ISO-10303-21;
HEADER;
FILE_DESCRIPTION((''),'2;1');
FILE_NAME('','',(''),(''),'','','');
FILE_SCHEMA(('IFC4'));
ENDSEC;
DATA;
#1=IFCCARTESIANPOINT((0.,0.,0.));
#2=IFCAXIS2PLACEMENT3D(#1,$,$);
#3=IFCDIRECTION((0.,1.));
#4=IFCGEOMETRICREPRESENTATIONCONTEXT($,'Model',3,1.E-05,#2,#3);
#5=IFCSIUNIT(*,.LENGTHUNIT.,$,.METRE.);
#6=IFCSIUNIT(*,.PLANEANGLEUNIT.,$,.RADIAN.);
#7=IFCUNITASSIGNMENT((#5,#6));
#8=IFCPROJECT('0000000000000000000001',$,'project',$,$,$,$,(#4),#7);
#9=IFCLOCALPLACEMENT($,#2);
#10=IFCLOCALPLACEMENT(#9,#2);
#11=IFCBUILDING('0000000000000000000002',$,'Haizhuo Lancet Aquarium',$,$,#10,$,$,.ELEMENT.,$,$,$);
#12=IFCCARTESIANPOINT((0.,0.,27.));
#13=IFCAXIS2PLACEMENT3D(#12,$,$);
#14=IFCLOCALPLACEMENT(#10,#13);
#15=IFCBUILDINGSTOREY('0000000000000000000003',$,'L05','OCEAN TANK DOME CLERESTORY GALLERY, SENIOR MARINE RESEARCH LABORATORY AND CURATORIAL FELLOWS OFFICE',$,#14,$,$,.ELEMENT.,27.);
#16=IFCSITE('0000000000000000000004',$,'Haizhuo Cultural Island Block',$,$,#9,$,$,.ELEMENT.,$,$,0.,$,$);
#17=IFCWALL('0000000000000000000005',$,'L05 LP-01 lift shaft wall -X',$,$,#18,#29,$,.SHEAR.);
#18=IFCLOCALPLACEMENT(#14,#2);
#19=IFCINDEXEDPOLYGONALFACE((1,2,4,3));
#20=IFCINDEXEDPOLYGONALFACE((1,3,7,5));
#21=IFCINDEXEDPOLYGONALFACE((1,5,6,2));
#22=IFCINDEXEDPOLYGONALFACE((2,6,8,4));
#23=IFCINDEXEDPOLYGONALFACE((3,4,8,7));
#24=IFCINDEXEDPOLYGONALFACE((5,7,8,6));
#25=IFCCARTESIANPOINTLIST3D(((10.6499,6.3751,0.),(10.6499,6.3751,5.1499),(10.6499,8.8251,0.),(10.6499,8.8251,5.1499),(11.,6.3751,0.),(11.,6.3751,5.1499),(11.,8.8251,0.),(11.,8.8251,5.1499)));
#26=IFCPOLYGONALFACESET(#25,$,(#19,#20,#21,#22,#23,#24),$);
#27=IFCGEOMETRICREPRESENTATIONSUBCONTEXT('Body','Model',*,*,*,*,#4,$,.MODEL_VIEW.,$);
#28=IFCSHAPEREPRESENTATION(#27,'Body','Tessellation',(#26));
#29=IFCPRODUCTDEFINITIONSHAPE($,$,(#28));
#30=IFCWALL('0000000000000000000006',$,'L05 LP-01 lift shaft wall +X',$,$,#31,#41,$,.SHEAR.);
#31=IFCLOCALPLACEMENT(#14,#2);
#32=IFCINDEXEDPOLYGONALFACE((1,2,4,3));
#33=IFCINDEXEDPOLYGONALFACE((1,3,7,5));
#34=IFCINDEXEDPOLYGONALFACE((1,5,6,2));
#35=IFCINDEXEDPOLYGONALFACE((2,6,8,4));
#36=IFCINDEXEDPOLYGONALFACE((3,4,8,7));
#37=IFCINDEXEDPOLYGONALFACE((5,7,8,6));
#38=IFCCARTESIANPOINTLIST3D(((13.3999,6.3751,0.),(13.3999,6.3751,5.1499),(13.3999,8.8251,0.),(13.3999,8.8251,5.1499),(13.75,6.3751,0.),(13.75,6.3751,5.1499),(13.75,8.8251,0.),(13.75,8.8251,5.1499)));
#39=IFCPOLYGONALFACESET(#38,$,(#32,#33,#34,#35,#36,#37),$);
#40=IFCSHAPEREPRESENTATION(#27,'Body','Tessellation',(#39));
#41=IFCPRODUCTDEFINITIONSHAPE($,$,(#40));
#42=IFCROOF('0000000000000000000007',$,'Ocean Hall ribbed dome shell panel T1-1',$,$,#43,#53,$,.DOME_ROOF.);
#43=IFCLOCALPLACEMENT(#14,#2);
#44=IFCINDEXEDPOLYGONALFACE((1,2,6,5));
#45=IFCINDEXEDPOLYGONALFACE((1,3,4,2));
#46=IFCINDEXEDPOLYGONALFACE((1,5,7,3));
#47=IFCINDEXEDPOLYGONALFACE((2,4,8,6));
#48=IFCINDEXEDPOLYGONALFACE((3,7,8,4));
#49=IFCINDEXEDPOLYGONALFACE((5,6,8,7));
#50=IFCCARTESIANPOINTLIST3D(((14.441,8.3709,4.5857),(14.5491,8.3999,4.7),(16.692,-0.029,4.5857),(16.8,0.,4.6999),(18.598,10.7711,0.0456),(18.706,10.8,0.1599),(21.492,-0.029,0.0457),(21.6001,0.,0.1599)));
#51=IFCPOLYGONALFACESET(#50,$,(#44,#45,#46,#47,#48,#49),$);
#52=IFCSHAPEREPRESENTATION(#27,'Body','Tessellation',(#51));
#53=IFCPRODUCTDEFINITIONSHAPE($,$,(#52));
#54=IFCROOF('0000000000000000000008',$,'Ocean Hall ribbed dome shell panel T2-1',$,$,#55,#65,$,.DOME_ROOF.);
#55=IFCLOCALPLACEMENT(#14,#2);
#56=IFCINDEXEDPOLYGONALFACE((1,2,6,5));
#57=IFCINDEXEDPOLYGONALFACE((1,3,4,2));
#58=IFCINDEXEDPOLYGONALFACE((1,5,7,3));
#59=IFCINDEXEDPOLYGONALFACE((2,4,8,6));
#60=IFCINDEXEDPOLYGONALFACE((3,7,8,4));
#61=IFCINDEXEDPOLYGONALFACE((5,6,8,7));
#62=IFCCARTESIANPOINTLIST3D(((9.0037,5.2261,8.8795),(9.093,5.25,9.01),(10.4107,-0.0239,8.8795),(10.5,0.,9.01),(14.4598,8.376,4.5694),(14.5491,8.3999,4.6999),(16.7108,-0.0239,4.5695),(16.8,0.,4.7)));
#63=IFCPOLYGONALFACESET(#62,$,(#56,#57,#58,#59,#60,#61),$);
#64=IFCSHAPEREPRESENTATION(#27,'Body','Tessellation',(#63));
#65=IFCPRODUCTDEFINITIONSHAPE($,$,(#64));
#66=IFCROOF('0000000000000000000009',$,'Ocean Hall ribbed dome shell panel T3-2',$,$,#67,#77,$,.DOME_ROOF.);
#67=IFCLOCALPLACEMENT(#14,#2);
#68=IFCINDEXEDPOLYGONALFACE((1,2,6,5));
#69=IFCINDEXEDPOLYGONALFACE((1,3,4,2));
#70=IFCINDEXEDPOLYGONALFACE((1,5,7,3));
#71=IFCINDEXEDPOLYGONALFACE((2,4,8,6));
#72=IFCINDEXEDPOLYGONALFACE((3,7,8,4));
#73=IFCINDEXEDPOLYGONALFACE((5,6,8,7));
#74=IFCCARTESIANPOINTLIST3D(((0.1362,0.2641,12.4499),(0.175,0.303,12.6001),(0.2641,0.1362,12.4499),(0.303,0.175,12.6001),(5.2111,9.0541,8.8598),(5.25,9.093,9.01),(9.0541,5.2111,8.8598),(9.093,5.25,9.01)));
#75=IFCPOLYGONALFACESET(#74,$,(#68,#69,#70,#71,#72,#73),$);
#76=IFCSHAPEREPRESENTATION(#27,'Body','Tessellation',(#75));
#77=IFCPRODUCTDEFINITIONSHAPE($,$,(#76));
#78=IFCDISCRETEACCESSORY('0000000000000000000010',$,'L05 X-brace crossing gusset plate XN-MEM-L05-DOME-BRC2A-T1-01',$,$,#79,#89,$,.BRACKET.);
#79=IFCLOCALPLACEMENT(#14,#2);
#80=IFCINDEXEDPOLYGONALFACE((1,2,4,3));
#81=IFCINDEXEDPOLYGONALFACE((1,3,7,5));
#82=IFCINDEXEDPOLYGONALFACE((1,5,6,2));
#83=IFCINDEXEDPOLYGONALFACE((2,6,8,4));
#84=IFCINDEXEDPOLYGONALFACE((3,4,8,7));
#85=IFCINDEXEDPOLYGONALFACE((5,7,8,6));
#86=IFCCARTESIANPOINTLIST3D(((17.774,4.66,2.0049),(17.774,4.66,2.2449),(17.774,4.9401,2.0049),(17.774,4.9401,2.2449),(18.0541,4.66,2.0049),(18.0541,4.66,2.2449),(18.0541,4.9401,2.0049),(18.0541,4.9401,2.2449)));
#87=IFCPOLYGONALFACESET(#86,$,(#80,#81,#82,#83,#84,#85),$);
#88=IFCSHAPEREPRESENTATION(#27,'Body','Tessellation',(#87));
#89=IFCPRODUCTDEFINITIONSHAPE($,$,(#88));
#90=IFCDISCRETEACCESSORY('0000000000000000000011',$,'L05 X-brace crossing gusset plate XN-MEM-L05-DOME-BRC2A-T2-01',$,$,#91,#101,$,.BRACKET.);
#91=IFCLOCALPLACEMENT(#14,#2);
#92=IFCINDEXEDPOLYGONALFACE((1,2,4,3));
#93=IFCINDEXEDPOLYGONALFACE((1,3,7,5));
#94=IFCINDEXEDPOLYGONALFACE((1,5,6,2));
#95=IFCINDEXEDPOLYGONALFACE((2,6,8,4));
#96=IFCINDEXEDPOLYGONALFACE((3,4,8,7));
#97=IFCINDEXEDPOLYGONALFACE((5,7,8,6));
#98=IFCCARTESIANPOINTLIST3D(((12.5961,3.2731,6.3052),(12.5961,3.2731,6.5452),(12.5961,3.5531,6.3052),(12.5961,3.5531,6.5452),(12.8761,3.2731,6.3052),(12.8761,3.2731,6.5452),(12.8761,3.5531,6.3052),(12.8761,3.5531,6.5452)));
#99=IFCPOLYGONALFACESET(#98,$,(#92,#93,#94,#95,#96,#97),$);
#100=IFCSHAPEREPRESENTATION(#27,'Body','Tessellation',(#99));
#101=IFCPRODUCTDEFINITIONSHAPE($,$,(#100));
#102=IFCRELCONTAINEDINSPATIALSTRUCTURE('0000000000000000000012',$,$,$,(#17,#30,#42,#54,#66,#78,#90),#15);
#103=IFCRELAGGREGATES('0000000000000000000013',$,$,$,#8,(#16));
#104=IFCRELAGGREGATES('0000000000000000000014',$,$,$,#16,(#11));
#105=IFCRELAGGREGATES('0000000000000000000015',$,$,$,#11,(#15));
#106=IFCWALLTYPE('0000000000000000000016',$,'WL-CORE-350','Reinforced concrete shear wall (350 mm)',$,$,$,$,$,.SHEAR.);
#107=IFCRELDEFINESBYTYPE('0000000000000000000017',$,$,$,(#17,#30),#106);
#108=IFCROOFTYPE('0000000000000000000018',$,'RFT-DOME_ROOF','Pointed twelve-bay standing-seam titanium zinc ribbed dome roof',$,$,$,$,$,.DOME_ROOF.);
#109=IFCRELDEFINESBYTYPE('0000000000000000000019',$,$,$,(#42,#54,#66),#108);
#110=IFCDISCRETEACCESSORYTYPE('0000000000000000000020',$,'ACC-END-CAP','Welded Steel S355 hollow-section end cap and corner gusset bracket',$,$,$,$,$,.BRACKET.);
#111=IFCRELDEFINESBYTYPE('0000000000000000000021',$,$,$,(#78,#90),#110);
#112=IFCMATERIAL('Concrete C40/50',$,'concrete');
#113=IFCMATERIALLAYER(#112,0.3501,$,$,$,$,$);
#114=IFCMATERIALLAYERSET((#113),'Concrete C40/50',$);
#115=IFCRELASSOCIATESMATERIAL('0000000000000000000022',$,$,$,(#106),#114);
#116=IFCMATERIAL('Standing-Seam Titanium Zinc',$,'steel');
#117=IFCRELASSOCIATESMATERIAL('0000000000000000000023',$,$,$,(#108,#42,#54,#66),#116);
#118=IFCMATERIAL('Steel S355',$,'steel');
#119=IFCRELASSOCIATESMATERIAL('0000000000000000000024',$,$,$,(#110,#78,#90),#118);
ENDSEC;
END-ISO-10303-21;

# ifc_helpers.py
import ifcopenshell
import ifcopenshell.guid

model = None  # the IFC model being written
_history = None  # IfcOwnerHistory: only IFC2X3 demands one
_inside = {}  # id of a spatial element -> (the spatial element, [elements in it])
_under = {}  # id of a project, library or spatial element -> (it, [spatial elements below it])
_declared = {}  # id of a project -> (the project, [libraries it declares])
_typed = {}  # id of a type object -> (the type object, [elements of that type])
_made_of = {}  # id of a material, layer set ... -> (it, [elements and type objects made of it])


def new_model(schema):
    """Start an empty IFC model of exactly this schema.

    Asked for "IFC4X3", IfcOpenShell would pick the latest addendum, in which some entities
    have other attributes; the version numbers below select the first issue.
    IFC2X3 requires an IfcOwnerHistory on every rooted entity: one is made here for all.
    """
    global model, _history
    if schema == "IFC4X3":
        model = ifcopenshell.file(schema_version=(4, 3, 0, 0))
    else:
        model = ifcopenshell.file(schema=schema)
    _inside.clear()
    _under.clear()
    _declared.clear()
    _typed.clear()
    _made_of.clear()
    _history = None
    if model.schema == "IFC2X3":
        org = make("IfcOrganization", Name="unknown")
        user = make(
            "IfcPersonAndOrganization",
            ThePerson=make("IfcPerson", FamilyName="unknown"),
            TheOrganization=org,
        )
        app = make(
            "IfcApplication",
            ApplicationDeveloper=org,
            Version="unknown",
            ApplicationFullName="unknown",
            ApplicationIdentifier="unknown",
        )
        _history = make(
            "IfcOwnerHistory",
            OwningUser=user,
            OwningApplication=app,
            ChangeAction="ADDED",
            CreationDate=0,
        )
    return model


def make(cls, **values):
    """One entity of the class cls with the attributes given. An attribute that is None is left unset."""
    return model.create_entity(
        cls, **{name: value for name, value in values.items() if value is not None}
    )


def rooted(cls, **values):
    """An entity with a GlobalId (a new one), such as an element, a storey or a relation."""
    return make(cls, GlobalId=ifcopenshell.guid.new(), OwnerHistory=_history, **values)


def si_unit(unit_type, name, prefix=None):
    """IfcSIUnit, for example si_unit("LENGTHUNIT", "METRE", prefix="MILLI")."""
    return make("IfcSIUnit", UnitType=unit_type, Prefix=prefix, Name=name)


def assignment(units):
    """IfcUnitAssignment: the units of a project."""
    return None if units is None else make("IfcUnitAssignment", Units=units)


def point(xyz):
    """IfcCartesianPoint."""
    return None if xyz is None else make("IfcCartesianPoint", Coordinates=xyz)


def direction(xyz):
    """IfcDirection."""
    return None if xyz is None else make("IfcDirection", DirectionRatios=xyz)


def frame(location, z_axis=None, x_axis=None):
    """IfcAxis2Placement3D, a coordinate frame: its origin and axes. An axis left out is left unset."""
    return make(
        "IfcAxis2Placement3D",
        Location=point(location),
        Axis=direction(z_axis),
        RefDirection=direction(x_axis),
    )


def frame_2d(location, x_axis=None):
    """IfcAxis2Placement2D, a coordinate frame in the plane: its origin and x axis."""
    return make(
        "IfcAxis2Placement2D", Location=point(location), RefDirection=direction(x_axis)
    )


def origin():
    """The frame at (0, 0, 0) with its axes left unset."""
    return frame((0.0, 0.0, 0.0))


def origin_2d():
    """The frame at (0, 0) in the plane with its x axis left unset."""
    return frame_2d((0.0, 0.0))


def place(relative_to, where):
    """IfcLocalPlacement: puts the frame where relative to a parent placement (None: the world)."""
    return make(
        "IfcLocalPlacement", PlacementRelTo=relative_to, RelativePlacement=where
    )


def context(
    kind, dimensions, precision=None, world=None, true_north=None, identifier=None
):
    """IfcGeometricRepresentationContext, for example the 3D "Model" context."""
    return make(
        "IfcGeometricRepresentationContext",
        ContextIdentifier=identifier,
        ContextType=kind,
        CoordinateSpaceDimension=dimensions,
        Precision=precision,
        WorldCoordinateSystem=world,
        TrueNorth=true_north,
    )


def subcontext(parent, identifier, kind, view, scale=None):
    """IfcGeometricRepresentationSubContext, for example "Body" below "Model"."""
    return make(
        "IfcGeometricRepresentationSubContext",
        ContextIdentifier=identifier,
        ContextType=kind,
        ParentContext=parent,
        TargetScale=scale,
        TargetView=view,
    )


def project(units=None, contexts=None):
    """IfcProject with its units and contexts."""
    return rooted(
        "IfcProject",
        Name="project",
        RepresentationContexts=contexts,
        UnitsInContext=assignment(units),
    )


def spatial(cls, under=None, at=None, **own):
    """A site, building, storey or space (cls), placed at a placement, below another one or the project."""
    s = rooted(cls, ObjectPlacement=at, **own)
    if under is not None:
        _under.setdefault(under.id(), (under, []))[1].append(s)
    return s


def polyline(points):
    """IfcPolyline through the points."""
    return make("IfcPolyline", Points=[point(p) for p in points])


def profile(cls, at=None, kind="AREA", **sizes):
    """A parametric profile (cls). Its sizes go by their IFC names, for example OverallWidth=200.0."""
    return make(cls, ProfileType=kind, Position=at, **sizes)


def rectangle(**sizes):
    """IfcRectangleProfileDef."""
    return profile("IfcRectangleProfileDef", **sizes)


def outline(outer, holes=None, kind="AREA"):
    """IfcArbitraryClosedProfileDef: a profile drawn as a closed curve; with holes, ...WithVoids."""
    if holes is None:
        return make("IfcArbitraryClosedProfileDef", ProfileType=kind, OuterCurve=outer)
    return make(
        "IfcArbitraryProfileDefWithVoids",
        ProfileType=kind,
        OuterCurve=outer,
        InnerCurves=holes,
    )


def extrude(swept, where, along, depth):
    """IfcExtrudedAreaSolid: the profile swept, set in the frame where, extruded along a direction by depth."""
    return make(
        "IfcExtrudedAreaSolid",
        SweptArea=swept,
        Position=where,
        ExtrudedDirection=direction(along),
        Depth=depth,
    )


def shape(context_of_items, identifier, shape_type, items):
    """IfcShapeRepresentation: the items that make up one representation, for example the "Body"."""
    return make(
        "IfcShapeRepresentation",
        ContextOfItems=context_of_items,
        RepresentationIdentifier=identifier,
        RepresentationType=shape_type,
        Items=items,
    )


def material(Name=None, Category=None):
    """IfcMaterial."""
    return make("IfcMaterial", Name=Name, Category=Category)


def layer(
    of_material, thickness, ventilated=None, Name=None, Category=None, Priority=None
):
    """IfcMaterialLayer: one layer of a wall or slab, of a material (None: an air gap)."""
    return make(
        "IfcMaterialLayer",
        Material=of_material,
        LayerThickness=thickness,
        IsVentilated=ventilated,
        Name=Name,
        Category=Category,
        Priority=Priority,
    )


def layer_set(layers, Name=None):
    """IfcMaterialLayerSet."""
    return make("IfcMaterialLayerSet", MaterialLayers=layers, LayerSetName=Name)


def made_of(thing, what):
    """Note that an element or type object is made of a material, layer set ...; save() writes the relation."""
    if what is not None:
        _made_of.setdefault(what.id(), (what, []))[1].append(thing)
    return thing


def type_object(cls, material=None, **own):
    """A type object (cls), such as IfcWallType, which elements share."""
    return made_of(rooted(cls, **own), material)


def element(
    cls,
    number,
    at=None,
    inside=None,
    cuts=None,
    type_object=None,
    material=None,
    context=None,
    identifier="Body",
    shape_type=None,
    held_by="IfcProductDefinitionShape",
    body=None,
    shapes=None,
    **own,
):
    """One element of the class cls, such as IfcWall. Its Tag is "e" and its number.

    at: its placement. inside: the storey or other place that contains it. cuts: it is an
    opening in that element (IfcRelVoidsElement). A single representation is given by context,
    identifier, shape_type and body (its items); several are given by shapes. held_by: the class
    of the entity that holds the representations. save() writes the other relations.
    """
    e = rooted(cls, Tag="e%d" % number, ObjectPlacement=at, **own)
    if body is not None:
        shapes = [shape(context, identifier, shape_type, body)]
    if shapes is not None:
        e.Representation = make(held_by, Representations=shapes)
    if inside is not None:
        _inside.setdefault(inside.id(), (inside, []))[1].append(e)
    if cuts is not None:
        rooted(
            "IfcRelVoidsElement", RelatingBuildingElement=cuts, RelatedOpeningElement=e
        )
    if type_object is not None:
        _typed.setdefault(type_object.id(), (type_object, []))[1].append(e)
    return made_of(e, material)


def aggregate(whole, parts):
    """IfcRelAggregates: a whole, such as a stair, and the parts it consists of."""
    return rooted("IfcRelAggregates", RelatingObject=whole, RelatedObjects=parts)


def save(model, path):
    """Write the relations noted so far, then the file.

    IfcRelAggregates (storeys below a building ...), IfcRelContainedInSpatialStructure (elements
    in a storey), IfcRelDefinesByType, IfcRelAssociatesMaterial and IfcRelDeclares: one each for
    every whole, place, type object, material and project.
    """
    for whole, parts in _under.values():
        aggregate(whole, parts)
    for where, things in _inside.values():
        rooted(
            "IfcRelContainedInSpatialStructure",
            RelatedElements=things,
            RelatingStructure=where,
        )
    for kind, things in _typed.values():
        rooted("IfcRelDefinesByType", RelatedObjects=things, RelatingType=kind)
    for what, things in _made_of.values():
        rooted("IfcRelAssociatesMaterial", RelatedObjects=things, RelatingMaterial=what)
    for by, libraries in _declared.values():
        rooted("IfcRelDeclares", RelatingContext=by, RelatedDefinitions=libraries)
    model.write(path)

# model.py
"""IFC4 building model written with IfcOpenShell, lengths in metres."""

from ifc_helpers import new_model, si_unit, direction, frame, frame_2d, origin, origin_2d, place, context, subcontext, project, spatial, polyline, rectangle, outline, extrude, material, layer, layer_set, type_object, element, save


model = new_model("IFC4")

# Units and contexts
model_context = context("Model", 3, precision=1e-05, world=origin(), true_north=direction((0.0, 1.0)))
body_context = subcontext(model_context, "Body", "Model", "MODEL_VIEW")
ifc_project = project(units=[si_unit("LENGTHUNIT", "METRE"), si_unit("PLANEANGLEUNIT", "RADIAN")], contexts=[model_context])

# Site, building, storey
site_placement = place(None, origin())
site = spatial("IfcSite", under=ifc_project, at=site_placement, Name="Haizhuo Cultural Island Block", CompositionType="ELEMENT", RefElevation=0.0)
building_placement = place(site_placement, origin())
building = spatial("IfcBuilding", under=site, at=building_placement, Name="Haizhuo Lancet Aquarium", CompositionType="ELEMENT")
storey_placement = place(building_placement, frame((0.0, 0.0, 27.0)))
storey = spatial("IfcBuildingStorey", under=building, at=storey_placement, Name="L05", Description="OCEAN TANK DOME CLERESTORY GALLERY, SENIOR MARINE RESEARCH LABORATORY AND CURATORIAL FELLOWS OFFICE", CompositionType="ELEMENT", Elevation=27.0)

# Shared definitions
ifc_material_1 = material(Name="Steel S355", Category="steel")

# Shared definitions
ifc_material_2 = material(Name="Concrete C40/50", Category="concrete")
ifc_layer_1 = layer(ifc_material_2, 0.3501)
ifc_layer_set_1 = layer_set([ifc_layer_1], Name="Concrete C40/50")
wall_type = type_object("IfcWallType", Name="WL-CORE-350", Description="Reinforced concrete shear wall (350 mm)", PredefinedType="SHEAR", material=ifc_layer_set_1)

# Walls
for number, where, z_axis, x_axis, name in (
    (1, (10.825, 6.375, 0.0), (0.0, 0.0, 1.0), (0.0, 1.0, 0.0), "L05 LP-01 lift shaft wall -X"),
    (2, (13.575, 6.375, 0.0), (0.0, 0.0, 1.0), (0.0, 1.0, 0.0), "L05 LP-01 lift shaft wall +X"),
):
    element("IfcWall", number, at=place(storey_placement, frame(where, z_axis=z_axis, x_axis=x_axis)), inside=storey, type_object=wall_type, Name=name, PredefinedType="SHEAR", context=body_context, shape_type="SweptSolid", body=[
        extrude(rectangle(XDim=2.45, YDim=0.3501, at=frame_2d((1.2251, 0.0))), origin(), (0.0, 0.0, 1.0), 5.1499),
    ])

# Roofs
ifc_material_3 = material(Name="Standing-Seam Titanium Zinc", Category="steel")
roof_type = type_object("IfcRoofType", Name="RFT-DOME_ROOF", Description="Pointed twelve-bay standing-seam titanium zinc ribbed dome roof", PredefinedType="DOME_ROOF", material=ifc_material_3)
roof_1_placement = place(storey_placement, frame((21.6001, 0.0, 0.1599), z_axis=(0.675791, 0.181092, 0.714501), x_axis=(-0.258836, 0.965921, -0.000002)))
element("IfcRoof", 3, at=roof_1_placement, inside=storey, type_object=roof_type, material=ifc_material_3, Name="Ocean Hall ribbed dome shell panel T1-1", PredefinedType="DOME_ROOF", context=body_context, shape_type="SweptSolid", body=[
    extrude(outline(polyline([(0.0, 0.0), (11.1811, 0.0), (9.9387, 6.4892), (1.2424, 6.4891), (0.0, 0.0)])), origin(), (0.0, 0.0, -1.0), 0.1599),
])
roof_2_placement = place(storey_placement, frame((16.8, 0.0, 4.7), z_axis=(0.55828, 0.14961, 0.816051), x_axis=(-0.258846, 0.965919, -0.000003)))
element("IfcRoof", 4, at=roof_2_placement, inside=storey, type_object=roof_type, material=ifc_material_3, Name="Ocean Hall ribbed dome shell panel T2-1", PredefinedType="DOME_ROOF", context=body_context, shape_type="SweptSolid", body=[
    extrude(outline(polyline([(0.0, 0.0), (8.6963, 0.0), (7.066, 7.4572), (1.6307, 7.4571), (0.0, 0.0)])), origin(), (0.0, 0.0, -1.0), 0.1599),
])
roof_3_placement = place(storey_placement, frame((9.093, 5.25, 9.01), z_axis=(0.243143, 0.243143, 0.939022), x_axis=(-0.707107, 0.707107, 0.0)))
element("IfcRoof", 5, at=roof_3_placement, inside=storey, type_object=roof_type, material=ifc_material_3, Name="Ocean Hall ribbed dome shell panel T3-2", PredefinedType="DOME_ROOF", context=body_context, shape_type="SweptSolid", body=[
    extrude(outline(polyline([(0.0, 0.0), (5.4348, 0.0), (2.8079, 10.4407), (2.627, 10.4407), (0.0, 0.0)])), origin(), (0.0, 0.0, -1.0), 0.1599),
])

# Discrete accessories
discrete_accessory_type = type_object("IfcDiscreteAccessoryType", Name="ACC-END-CAP", Description="Welded Steel S355 hollow-section end cap and corner gusset bracket", PredefinedType="BRACKET", material=ifc_material_1)
for number, where, z_axis, x_axis, name in (
    (6, (17.9141, 4.8, 2.0049), (0.0, 0.0, 1.0), (1.0, 0.0, 0.0), "L05 X-brace crossing gusset plate XN-MEM-L05-DOME-BRC2A-T1-01"),
    (7, (12.7361, 3.4131, 6.3052), (0.0, 0.0, 1.0), (1.0, 0.0, 0.0), "L05 X-brace crossing gusset plate XN-MEM-L05-DOME-BRC2A-T2-01"),
):
    element("IfcDiscreteAccessory", number, at=place(storey_placement, frame(where, z_axis=z_axis, x_axis=x_axis)), inside=storey, type_object=discrete_accessory_type, material=ifc_material_1, Name=name, PredefinedType="BRACKET", context=body_context, shape_type="SweptSolid", body=[
        extrude(rectangle(XDim=0.28, YDim=0.28, at=origin_2d()), origin(), (0.0, 0.0, 1.0), 0.24),
    ])

save(model, "model.ifc")
